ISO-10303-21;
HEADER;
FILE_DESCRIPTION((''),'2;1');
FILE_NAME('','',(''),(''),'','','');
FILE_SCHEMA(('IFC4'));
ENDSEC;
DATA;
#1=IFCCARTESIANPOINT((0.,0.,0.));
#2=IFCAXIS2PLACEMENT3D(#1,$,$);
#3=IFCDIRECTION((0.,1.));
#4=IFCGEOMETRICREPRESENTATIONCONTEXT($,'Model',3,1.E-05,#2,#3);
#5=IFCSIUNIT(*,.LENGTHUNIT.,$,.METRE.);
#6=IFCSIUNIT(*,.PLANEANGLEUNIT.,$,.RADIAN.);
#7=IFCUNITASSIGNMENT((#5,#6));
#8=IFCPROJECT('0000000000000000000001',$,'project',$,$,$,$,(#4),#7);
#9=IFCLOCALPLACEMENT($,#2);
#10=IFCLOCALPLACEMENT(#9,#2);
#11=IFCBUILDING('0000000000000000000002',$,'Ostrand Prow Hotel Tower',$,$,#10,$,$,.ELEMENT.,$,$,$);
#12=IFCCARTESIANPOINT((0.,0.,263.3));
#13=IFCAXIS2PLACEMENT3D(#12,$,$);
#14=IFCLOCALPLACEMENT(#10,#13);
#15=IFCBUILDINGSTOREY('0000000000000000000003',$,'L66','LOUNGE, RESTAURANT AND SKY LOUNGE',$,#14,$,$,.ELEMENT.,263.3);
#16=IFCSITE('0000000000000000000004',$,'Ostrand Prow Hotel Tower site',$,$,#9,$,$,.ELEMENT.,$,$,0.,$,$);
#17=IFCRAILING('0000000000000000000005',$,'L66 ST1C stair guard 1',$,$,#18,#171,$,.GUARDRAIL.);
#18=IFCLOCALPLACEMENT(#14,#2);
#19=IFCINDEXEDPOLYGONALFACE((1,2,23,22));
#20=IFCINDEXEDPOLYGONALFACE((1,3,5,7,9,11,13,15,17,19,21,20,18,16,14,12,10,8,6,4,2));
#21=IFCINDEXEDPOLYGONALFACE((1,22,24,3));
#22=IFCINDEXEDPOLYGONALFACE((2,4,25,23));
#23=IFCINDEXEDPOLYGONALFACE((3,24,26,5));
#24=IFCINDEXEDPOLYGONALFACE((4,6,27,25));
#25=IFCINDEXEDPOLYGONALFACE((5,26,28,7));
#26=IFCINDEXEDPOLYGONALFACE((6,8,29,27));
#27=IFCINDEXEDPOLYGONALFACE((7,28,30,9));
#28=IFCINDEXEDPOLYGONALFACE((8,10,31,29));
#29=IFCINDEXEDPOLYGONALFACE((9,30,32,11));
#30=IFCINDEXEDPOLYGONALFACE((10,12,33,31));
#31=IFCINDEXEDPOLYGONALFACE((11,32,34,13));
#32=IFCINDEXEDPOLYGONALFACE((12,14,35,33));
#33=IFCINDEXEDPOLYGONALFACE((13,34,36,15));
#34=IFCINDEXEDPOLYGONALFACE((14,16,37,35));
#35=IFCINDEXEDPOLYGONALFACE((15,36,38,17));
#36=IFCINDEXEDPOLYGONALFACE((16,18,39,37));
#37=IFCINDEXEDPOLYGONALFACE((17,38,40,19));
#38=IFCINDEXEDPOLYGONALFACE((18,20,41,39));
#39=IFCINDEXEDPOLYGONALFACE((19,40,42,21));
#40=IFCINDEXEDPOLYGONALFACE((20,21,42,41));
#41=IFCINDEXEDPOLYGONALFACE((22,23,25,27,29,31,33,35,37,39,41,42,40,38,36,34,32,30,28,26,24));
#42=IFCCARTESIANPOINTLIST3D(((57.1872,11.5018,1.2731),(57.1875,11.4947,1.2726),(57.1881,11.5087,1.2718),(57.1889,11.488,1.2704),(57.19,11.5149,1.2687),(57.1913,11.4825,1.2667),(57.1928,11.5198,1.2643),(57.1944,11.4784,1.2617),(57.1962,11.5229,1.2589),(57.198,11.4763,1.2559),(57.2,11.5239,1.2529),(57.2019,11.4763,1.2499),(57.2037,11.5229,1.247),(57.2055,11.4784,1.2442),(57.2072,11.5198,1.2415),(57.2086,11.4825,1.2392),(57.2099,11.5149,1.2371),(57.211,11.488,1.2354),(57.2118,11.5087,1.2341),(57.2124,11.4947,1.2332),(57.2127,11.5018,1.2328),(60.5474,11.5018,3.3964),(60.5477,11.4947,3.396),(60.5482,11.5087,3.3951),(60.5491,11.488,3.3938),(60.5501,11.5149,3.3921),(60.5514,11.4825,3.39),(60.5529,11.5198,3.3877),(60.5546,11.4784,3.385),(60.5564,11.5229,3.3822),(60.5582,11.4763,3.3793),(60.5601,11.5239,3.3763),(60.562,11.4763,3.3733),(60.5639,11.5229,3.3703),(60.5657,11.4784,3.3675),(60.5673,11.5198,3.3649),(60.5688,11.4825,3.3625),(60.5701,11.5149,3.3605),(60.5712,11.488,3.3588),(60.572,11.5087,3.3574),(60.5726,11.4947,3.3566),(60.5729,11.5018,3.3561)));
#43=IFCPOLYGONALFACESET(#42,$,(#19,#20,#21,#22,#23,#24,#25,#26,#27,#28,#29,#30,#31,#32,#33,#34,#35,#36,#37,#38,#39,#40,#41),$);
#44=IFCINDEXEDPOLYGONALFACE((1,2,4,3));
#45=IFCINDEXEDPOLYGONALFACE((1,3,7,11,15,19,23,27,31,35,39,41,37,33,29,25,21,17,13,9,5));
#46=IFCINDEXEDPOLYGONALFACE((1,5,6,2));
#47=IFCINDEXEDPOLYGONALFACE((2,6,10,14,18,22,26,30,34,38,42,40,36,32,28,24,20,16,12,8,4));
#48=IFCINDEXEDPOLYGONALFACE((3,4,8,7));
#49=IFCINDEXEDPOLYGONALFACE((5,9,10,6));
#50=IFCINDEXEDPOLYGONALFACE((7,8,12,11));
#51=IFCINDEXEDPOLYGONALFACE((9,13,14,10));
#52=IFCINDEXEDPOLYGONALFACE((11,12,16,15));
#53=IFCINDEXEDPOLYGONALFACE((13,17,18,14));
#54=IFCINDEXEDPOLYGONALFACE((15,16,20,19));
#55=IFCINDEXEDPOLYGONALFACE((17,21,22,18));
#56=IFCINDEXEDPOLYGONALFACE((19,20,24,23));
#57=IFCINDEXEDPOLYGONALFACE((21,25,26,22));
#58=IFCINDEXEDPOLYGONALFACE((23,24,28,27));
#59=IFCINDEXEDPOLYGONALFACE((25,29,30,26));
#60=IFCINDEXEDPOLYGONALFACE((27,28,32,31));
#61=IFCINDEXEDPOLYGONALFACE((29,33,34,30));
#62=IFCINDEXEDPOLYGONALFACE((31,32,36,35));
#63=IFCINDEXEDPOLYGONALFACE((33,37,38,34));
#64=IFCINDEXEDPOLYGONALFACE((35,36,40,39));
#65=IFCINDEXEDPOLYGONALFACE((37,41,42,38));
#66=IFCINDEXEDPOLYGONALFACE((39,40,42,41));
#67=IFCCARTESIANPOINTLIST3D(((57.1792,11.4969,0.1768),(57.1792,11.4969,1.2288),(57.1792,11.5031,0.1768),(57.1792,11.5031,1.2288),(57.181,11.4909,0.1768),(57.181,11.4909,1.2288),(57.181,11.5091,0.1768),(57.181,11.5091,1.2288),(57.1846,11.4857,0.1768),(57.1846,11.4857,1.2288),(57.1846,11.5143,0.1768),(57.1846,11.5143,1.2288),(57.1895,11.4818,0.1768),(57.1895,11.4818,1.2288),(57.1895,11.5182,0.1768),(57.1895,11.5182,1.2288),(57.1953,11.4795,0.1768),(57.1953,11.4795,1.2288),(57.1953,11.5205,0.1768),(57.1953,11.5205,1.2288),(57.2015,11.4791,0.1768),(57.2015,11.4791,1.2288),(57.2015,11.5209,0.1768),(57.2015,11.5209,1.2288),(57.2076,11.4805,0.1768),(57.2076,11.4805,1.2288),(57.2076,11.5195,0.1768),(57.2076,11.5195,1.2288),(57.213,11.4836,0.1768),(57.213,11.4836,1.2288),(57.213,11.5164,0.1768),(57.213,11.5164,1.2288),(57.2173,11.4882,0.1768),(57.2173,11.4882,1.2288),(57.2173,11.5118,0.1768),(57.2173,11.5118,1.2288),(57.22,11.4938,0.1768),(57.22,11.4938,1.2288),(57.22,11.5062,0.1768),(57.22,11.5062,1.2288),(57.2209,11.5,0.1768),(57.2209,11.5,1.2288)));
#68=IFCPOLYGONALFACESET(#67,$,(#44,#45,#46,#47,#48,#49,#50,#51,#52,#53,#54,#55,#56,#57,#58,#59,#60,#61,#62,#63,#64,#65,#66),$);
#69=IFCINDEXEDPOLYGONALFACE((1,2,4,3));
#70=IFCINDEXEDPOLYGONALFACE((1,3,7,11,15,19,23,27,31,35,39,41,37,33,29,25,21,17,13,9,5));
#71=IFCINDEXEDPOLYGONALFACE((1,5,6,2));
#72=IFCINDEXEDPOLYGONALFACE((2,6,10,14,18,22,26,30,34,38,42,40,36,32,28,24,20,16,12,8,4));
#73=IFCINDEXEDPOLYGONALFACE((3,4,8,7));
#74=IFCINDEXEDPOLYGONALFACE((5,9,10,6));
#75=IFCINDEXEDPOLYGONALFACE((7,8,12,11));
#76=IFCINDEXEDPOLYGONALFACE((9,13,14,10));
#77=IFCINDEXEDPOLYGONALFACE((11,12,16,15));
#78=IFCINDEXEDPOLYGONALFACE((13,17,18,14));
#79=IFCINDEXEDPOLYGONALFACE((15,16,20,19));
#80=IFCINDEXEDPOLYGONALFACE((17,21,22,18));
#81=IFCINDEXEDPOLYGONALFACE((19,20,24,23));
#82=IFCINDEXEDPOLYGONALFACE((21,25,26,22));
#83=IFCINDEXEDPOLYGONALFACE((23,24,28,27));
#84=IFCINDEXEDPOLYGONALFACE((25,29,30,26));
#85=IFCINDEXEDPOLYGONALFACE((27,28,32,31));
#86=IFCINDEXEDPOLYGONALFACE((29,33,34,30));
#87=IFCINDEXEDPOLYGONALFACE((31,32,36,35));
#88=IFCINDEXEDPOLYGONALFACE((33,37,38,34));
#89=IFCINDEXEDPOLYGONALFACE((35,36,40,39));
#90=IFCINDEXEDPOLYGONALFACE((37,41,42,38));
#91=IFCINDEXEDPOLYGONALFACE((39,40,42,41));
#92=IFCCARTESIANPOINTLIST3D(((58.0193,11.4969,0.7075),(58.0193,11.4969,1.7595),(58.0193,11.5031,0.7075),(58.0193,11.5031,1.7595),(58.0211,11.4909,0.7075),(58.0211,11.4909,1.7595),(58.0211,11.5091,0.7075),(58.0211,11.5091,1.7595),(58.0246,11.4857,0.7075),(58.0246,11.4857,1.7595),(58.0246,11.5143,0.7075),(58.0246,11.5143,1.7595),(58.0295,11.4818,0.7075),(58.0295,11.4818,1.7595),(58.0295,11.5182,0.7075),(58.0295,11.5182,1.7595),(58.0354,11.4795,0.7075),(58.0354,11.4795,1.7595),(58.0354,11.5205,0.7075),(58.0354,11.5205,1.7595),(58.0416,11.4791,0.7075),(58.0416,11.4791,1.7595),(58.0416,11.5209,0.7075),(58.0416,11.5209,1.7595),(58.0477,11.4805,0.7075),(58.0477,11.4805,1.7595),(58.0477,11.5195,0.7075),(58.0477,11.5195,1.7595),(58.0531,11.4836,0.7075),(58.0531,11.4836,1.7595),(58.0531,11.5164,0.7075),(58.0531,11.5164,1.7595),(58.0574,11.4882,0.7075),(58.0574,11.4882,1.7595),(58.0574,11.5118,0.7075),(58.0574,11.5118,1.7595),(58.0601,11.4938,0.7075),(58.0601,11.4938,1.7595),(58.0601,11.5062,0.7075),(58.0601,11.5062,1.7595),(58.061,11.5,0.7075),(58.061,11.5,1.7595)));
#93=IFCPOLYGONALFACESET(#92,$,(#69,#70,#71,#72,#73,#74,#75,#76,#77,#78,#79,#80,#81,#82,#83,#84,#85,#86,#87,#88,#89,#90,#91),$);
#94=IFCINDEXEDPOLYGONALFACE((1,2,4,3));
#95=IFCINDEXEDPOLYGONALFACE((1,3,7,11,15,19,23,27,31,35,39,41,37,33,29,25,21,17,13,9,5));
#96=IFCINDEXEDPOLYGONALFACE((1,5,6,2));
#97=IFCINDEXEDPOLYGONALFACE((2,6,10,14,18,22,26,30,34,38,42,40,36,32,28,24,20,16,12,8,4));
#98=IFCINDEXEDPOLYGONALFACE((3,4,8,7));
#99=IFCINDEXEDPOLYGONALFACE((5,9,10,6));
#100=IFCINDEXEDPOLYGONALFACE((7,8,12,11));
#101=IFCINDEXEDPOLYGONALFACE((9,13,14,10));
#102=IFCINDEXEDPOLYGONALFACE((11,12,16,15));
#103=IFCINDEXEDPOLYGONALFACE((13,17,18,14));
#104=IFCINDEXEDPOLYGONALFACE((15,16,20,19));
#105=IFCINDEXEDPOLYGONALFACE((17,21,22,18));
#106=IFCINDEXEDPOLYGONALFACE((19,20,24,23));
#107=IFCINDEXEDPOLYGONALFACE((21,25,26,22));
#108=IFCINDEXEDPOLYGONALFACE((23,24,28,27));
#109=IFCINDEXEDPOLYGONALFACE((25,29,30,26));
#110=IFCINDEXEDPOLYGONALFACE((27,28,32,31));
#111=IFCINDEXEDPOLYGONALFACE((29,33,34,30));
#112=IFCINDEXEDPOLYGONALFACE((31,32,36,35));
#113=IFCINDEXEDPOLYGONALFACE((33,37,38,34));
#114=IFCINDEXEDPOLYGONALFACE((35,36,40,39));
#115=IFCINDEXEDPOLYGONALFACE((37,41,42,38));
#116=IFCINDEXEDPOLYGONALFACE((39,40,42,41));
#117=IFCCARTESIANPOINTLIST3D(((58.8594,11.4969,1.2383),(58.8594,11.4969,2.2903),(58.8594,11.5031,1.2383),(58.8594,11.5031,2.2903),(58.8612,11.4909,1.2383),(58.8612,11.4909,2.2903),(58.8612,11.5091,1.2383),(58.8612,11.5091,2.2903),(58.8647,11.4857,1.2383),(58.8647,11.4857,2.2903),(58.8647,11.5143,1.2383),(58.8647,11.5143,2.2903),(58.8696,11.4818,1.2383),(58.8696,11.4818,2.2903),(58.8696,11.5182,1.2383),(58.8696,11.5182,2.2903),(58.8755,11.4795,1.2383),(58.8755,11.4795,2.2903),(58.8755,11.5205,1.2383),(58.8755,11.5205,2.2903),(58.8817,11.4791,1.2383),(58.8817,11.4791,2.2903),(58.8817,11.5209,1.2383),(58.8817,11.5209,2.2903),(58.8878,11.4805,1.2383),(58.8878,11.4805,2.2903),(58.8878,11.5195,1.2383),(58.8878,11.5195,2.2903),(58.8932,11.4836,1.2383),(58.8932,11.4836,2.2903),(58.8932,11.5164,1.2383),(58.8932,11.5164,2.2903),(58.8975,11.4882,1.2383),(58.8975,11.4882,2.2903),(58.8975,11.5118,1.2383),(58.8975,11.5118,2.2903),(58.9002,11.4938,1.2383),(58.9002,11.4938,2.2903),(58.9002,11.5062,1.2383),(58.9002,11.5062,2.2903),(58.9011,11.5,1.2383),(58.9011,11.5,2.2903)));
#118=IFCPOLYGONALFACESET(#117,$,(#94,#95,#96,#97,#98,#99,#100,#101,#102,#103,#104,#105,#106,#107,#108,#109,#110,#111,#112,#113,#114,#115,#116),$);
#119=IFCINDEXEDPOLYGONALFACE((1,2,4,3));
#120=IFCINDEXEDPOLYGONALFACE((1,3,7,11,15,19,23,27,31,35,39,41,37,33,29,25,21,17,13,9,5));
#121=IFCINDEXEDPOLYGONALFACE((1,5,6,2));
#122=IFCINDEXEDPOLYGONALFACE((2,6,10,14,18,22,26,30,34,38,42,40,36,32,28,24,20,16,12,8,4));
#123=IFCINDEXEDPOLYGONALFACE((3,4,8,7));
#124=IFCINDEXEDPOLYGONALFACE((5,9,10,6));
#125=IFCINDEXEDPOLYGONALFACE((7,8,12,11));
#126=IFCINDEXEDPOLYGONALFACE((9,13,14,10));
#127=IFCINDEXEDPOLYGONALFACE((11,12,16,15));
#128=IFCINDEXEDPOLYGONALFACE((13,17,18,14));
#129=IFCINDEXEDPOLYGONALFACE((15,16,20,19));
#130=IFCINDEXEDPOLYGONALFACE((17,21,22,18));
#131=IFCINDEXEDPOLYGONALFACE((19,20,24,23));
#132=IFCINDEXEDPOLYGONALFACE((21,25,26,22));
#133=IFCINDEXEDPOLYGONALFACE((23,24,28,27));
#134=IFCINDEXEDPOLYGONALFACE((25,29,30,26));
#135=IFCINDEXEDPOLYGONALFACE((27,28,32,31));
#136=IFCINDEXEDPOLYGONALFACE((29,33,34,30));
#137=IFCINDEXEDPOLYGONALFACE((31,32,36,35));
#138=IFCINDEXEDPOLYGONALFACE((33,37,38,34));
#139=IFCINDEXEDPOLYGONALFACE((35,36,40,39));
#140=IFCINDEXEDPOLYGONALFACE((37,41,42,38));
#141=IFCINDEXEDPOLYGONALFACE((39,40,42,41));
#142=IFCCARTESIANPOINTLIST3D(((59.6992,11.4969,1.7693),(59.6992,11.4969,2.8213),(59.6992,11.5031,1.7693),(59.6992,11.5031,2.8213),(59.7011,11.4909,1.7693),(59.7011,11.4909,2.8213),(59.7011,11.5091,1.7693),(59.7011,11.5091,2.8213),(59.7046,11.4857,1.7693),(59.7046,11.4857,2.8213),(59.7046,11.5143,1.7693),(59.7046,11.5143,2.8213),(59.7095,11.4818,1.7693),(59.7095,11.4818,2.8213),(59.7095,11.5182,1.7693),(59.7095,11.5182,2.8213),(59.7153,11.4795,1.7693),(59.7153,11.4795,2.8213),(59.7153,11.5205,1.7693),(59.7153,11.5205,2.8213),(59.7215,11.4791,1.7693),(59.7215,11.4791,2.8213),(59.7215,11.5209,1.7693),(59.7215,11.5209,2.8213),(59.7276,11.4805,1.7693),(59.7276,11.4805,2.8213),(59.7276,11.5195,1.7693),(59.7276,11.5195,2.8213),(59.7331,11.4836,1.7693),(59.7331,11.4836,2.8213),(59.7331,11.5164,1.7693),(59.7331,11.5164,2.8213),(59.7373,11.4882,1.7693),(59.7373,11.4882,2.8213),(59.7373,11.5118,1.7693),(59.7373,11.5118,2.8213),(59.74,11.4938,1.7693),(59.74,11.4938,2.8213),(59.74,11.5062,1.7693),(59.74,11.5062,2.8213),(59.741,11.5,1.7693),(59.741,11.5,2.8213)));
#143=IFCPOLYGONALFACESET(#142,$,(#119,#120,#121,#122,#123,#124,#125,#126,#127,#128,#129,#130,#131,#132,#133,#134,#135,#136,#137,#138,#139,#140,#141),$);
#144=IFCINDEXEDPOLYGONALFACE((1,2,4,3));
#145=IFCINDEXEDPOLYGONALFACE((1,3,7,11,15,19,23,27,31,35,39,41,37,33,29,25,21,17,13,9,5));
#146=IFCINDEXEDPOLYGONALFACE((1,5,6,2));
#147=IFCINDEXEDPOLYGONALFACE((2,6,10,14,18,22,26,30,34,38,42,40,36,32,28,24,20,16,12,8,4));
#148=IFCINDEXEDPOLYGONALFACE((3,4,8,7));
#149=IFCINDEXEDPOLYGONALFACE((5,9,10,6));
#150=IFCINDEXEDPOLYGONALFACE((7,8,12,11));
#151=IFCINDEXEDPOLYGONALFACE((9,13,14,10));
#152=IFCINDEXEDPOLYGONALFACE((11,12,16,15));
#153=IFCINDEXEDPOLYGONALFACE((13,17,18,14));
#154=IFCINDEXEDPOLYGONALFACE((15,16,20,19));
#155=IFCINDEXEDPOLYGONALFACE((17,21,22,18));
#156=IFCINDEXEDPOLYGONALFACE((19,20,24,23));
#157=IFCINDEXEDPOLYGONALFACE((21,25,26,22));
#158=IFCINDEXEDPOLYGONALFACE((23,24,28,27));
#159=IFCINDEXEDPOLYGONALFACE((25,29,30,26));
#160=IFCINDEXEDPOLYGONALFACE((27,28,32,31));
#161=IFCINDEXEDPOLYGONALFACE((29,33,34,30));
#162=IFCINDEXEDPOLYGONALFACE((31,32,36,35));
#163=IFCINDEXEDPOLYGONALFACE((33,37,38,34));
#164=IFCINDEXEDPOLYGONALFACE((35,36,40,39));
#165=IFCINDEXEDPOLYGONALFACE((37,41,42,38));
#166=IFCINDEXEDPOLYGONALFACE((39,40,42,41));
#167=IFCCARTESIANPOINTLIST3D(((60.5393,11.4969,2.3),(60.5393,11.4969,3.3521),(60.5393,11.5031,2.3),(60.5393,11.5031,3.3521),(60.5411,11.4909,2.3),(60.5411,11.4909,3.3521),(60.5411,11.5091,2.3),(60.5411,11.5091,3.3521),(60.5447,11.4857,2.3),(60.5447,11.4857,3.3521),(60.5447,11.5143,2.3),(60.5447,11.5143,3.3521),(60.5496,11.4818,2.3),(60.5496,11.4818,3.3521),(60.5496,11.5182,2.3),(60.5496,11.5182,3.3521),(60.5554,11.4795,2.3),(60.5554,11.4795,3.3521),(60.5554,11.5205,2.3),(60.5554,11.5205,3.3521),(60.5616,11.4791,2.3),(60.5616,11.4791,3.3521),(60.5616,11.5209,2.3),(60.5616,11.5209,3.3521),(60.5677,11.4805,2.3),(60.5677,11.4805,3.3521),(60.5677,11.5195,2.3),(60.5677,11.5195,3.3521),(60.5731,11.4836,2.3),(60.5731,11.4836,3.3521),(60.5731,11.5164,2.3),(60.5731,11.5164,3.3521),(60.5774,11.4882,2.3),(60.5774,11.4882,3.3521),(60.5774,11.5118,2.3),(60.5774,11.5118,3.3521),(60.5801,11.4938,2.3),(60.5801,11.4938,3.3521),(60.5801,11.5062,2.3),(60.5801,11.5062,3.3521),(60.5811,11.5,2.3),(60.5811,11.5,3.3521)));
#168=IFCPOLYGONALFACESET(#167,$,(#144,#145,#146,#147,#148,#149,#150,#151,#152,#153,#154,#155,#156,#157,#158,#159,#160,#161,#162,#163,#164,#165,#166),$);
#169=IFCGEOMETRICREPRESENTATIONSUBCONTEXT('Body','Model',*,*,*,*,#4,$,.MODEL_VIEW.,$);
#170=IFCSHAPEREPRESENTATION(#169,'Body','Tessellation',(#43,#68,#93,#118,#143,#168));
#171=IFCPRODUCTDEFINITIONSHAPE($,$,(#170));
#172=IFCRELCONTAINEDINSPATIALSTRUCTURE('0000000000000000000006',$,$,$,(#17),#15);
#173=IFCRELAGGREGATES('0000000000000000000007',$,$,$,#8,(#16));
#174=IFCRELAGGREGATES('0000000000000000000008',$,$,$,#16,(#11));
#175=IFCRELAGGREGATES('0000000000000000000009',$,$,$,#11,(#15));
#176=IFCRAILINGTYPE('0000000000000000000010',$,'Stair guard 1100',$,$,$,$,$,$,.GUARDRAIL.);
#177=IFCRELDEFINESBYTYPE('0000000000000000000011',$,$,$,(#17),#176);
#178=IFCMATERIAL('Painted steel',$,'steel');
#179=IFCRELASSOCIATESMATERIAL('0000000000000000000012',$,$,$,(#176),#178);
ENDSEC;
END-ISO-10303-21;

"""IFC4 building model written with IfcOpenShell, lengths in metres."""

from ifc_helpers import new_model, si_unit, direction, frame, origin, origin_2d, place, context, subcontext, project, spatial, circle, extrude, material, type_object, element, save


model = new_model("IFC4")

# Units and contexts
model_context = context("Model", 3, precision=1e-05, world=origin(), true_north=direction((0.0, 1.0)))
body_context = subcontext(model_context, "Body", "Model", "MODEL_VIEW")
ifc_project = project(units=[si_unit("LENGTHUNIT", "METRE"), si_unit("PLANEANGLEUNIT", "RADIAN")], contexts=[model_context])

# Site, building, storey
site_placement = place(None, origin())
site = spatial("IfcSite", under=ifc_project, at=site_placement, Name="Ostrand Prow Hotel Tower site", CompositionType="ELEMENT", RefElevation=0.0)
building_placement = place(site_placement, origin())
building = spatial("IfcBuilding", under=site, at=building_placement, Name="Ostrand Prow Hotel Tower", CompositionType="ELEMENT")
storey_placement = place(building_placement, frame((0.0, 0.0, 263.3)))
storey = spatial("IfcBuildingStorey", under=building, at=storey_placement, Name="L66", Description="LOUNGE, RESTAURANT AND SKY LOUNGE", CompositionType="ELEMENT", Elevation=263.3)

# Railing
ifc_material_1 = material(Name="Painted steel", Category="steel")
railing_type_1 = type_object("IfcRailingType", Name="Stair guard 1100", PredefinedType="GUARDRAIL", material=ifc_material_1)
railing_1_placement = place(storey_placement, frame((57.2, 11.5, 0.1768)))
element("IfcRailing", 1, at=railing_1_placement, inside=storey, type_object=railing_type_1, Name="L66 ST1C stair guard 1", PredefinedType="GUARDRAIL", context=body_context, shape_type="SweptSolid", body=[
    extrude(circle(Radius=0.0239, at=origin_2d()), frame((0.0, 0.0, 1.0762), z_axis=(0.845362, 0.0, 0.534194), x_axis=(0.0, 1.0, 0.0)), (0.0, 0.0, 1.0), 3.9749),
    extrude(circle(Radius=0.021, at=origin_2d()), origin(), (0.0, 0.0, 1.0), 1.052),
    extrude(circle(Radius=0.021, at=origin_2d()), frame((0.8401, 0.0, 0.5308)), (0.0, 0.0, 1.0), 1.052),
    extrude(circle(Radius=0.021, at=origin_2d()), frame((1.6802, 0.0, 1.0615)), (0.0, 0.0, 1.0), 1.052),
    extrude(circle(Radius=0.021, at=origin_2d()), frame((2.52, 0.0, 1.5925)), (0.0, 0.0, 1.0), 1.052),
    extrude(circle(Radius=0.021, at=origin_2d()), frame((3.3601, 0.0, 2.1233)), (0.0, 0.0, 1.0), 1.052),
])

save(model, "model.ifc")
